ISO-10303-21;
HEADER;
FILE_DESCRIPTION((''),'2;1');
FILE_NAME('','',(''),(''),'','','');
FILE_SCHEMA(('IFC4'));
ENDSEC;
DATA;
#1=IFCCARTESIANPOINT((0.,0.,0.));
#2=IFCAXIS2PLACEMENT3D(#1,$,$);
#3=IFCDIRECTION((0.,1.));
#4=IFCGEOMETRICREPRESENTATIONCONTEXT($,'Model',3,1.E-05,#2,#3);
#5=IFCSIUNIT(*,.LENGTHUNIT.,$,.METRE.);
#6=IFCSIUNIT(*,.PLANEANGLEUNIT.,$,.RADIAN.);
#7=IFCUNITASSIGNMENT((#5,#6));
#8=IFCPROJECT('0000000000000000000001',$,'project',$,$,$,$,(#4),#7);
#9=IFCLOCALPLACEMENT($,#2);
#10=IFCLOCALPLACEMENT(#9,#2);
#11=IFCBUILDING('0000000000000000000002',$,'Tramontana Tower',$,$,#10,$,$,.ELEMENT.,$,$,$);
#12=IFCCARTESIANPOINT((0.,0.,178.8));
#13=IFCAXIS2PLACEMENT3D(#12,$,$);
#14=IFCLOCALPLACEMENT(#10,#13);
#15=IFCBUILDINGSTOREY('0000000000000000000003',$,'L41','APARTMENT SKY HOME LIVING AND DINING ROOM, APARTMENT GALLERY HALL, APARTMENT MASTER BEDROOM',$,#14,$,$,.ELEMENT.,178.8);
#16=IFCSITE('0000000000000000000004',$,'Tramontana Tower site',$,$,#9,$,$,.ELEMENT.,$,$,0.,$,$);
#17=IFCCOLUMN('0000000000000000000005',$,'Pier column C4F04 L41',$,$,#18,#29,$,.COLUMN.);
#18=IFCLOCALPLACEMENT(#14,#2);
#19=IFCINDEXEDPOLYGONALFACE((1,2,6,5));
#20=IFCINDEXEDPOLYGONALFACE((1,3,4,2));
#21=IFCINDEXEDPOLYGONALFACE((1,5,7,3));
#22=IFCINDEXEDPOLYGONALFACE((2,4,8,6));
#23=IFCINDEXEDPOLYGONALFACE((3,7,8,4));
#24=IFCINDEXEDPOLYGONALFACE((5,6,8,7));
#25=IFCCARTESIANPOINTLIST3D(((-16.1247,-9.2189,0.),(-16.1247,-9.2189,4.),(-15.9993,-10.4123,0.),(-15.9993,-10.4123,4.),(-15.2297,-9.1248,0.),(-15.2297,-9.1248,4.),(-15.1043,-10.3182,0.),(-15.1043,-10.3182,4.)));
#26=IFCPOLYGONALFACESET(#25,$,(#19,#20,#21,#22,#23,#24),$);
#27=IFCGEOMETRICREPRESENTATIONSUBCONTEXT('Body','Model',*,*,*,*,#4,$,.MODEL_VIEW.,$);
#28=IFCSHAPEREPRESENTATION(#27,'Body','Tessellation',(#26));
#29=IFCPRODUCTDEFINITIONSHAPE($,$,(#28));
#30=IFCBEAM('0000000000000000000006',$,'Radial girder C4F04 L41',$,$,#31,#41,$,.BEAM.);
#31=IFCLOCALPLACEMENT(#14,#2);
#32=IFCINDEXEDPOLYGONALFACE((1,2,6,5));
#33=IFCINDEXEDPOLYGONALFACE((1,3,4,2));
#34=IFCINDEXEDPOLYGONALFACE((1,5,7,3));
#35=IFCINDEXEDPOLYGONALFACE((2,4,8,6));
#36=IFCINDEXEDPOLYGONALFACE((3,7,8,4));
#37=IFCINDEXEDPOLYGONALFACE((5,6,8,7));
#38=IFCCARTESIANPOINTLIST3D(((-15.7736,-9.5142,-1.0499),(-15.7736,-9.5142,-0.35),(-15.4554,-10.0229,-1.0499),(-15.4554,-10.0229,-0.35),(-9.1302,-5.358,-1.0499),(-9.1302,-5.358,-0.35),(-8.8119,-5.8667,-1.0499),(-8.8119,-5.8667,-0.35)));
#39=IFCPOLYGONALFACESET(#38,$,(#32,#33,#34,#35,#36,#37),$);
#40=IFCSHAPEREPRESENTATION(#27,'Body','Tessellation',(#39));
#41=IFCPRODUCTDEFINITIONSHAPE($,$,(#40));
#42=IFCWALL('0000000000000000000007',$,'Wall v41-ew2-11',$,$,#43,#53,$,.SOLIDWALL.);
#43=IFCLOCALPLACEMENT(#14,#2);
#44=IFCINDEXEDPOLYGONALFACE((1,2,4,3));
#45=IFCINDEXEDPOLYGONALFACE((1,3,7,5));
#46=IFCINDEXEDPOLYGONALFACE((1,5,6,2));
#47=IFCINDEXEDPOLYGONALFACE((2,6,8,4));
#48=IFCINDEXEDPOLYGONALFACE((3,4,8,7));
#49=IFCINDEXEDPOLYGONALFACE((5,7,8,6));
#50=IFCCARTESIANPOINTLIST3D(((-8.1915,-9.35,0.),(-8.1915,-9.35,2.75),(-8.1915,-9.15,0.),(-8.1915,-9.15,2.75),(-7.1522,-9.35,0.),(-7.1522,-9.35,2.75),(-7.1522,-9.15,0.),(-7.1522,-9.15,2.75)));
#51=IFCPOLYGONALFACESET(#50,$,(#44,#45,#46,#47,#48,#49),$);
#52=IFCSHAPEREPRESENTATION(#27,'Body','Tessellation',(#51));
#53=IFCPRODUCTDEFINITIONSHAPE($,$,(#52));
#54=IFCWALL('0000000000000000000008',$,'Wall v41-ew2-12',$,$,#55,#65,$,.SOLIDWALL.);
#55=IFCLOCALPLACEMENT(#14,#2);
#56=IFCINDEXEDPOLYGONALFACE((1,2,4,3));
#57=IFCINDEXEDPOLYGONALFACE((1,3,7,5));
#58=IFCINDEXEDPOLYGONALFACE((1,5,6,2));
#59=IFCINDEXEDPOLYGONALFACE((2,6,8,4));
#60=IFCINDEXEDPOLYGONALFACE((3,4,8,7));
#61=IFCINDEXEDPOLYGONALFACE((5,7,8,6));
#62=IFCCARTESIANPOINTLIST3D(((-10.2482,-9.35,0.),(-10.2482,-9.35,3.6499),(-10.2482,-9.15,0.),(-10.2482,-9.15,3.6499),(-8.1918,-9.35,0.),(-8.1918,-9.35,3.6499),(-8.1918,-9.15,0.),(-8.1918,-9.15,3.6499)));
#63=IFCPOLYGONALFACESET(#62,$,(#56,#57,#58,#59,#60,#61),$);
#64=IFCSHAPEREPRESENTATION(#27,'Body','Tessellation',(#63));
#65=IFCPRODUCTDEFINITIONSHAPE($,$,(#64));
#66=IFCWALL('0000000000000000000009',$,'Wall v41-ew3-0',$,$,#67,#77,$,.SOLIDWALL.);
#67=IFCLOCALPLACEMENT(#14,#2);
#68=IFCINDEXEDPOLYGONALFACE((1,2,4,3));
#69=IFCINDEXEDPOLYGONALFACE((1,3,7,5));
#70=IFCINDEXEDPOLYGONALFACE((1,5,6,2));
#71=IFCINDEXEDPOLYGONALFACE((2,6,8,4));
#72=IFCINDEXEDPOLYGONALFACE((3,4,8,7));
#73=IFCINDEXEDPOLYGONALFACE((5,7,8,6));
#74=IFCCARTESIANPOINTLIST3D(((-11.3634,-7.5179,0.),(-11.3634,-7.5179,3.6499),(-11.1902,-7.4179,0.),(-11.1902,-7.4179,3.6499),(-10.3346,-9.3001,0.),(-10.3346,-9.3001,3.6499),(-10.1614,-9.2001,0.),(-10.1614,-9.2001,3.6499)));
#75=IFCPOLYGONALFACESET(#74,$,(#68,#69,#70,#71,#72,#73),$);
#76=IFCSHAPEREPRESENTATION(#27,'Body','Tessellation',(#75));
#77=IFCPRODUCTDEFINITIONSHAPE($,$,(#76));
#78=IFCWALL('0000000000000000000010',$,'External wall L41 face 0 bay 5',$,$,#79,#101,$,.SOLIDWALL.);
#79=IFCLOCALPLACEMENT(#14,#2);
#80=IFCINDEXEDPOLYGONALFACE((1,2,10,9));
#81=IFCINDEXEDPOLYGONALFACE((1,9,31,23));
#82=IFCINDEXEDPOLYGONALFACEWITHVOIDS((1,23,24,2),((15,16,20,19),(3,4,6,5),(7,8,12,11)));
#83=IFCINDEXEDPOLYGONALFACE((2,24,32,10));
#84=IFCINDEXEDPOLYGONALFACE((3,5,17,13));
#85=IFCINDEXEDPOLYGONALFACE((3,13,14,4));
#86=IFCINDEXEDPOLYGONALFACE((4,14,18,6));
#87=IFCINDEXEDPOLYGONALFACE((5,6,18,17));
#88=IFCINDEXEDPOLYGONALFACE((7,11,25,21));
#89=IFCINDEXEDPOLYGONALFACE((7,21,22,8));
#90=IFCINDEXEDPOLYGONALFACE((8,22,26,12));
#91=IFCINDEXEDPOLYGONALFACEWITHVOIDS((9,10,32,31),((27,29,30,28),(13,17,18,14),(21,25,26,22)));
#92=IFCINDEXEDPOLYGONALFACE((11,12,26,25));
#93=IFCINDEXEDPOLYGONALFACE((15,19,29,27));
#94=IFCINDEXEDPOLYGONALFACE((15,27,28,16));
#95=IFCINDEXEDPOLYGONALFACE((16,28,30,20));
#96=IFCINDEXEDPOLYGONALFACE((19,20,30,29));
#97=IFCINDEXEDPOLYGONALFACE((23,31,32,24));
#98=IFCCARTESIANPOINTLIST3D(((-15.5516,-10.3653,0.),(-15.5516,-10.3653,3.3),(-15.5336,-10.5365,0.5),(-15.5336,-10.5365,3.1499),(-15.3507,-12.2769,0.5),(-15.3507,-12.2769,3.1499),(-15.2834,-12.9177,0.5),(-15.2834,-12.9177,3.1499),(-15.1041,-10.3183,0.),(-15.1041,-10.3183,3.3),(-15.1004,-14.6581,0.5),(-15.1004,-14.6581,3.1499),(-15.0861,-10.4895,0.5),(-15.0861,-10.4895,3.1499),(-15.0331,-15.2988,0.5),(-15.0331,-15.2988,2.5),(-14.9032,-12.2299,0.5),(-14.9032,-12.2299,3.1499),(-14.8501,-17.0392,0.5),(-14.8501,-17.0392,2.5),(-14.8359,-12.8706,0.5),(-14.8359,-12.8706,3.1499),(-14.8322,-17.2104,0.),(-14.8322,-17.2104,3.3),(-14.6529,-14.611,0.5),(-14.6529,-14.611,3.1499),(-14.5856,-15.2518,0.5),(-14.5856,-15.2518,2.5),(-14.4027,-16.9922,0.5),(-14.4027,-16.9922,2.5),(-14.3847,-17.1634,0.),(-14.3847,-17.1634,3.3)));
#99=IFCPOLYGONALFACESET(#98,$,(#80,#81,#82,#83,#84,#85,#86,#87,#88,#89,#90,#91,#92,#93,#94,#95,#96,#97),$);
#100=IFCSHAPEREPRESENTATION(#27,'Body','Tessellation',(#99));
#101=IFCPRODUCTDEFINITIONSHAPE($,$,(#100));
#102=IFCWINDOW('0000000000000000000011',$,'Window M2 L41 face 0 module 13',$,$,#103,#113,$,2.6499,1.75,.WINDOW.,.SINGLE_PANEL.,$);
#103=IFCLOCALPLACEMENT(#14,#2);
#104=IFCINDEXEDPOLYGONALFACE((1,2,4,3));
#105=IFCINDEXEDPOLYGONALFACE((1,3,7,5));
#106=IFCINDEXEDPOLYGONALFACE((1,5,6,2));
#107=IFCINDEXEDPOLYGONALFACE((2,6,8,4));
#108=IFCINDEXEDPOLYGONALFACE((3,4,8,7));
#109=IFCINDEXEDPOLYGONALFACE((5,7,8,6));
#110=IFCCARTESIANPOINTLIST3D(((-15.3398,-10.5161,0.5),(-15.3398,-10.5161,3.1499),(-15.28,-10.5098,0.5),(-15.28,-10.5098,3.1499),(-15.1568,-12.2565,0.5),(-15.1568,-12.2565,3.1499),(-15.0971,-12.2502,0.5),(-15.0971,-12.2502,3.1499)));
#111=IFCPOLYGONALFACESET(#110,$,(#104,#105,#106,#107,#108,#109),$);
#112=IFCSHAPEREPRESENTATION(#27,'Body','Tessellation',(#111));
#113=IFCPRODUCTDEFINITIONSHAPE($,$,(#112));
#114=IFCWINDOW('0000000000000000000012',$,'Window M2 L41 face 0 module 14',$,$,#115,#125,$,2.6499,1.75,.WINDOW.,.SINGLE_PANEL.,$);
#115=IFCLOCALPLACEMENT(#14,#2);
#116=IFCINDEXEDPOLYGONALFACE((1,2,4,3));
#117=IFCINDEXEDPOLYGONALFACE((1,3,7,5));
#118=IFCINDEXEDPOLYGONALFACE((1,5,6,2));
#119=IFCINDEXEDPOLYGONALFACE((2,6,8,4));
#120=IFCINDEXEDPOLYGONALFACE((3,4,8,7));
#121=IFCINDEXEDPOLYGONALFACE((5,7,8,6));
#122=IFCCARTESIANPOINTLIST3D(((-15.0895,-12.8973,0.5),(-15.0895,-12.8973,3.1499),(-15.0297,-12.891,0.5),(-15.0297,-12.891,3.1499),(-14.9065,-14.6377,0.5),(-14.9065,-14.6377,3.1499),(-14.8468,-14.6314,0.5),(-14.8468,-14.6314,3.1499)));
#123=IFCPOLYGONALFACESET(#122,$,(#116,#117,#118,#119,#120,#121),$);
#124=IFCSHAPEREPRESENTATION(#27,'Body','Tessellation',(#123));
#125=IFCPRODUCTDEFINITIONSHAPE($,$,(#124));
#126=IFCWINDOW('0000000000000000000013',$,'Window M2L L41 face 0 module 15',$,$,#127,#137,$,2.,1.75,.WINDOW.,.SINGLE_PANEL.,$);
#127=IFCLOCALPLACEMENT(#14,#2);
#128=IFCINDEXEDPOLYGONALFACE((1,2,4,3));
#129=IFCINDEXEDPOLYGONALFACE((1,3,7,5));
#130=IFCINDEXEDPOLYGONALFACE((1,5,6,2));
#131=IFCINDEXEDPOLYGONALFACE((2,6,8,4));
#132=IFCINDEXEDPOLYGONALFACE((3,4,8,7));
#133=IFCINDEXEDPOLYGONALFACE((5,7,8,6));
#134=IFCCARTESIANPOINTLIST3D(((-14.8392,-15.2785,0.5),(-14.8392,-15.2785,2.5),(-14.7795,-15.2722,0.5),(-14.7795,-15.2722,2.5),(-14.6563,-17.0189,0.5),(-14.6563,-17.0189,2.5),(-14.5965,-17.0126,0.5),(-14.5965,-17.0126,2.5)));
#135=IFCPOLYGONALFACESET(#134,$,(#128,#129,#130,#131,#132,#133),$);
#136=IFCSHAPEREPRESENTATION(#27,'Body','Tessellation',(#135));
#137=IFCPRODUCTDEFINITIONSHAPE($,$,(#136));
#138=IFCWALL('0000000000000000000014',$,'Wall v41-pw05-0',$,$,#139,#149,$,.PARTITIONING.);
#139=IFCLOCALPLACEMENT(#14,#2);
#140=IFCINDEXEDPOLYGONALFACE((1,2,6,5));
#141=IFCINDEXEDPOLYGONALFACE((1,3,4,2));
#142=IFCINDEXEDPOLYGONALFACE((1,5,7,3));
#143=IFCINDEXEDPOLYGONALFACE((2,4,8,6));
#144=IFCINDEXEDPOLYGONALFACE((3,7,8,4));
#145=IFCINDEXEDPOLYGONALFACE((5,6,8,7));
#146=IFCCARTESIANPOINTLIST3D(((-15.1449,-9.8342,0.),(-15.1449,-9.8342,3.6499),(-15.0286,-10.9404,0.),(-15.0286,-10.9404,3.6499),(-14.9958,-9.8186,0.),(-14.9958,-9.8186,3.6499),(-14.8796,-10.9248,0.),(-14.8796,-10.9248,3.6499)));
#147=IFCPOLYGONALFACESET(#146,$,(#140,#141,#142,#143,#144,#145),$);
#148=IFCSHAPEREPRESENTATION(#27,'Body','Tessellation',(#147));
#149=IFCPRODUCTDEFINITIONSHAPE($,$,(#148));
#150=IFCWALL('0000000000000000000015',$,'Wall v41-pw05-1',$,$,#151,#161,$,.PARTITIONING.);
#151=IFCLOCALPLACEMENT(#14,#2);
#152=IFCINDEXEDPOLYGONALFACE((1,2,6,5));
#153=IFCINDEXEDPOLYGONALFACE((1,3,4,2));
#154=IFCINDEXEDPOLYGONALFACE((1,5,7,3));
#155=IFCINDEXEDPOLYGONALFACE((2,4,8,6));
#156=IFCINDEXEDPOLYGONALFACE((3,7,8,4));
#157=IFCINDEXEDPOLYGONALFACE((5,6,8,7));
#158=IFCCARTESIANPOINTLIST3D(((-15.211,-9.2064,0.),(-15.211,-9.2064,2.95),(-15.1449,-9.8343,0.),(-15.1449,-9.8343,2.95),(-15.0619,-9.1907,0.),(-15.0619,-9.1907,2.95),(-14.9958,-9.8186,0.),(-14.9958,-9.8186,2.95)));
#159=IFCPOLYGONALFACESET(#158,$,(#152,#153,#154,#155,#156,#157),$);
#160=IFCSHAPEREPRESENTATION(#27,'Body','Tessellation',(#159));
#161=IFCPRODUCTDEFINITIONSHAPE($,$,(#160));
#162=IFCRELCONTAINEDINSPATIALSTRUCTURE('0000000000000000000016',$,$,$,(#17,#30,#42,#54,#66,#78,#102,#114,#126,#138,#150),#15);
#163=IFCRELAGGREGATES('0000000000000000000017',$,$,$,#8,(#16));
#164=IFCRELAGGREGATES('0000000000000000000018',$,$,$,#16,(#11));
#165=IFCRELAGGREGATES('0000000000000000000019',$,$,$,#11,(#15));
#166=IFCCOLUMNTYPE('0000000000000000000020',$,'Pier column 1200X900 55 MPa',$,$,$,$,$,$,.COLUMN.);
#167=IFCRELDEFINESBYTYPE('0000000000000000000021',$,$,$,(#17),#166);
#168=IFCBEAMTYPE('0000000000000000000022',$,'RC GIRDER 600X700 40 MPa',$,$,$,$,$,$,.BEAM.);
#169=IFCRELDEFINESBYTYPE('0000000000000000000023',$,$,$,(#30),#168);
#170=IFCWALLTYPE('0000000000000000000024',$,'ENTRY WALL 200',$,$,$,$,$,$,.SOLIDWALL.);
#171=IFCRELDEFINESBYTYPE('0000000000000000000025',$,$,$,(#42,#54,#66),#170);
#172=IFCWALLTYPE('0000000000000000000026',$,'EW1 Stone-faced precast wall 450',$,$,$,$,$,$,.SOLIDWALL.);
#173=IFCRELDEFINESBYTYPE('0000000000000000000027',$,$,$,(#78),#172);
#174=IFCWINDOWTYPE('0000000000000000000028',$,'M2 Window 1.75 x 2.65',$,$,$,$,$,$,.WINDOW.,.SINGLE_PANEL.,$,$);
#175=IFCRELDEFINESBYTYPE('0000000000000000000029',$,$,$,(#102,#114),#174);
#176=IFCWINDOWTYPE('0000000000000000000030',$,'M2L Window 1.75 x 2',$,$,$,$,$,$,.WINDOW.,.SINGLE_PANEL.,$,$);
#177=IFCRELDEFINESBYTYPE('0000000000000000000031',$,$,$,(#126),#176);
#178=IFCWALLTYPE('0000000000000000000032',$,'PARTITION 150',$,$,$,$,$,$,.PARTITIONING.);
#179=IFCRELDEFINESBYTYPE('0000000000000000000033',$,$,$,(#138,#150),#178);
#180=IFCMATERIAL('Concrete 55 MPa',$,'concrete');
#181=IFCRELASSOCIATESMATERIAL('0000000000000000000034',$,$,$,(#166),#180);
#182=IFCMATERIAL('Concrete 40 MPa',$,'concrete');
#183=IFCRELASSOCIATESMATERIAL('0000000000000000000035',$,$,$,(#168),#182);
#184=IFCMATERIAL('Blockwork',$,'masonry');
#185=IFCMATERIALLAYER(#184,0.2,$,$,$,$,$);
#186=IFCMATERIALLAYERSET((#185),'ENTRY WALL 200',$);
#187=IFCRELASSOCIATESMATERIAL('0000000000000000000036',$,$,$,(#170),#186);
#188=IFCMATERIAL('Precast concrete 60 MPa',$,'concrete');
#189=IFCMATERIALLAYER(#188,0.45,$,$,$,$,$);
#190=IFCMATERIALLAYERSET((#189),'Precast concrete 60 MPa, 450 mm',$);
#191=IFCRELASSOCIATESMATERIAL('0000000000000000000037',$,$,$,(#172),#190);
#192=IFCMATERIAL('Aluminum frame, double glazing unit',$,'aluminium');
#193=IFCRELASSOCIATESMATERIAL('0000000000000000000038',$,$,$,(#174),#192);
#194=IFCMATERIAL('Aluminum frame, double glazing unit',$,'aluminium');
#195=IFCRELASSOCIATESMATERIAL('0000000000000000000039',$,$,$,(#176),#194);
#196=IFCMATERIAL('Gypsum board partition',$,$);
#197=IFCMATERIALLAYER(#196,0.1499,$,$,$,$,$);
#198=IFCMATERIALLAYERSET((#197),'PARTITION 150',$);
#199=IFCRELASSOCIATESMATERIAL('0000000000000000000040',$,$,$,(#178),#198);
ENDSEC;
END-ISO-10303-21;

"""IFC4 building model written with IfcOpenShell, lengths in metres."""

from ifc_helpers import new_model, si_unit, direction, frame, frame_2d, origin, origin_2d, place, context, subcontext, project, spatial, rectangle, extrude, material, layer, layer_set, material_profile, profile_set, type_object, element, fill, save


model = new_model("IFC4")

# Units and contexts
model_context = context("Model", 3, precision=1e-05, world=origin(), true_north=direction((0.0, 1.0)))
body_context = subcontext(model_context, "Body", "Model", "MODEL_VIEW")
ifc_project = project(units=[si_unit("LENGTHUNIT", "METRE"), si_unit("PLANEANGLEUNIT", "RADIAN")], contexts=[model_context])

# Site, building, storey
site_placement = place(None, origin())
site = spatial("IfcSite", under=ifc_project, at=site_placement, Name="Tramontana Tower site", CompositionType="ELEMENT", RefElevation=0.0)
building_placement = place(site_placement, origin())
building = spatial("IfcBuilding", under=site, at=building_placement, Name="Tramontana Tower", CompositionType="ELEMENT")
storey_placement = place(building_placement, frame((0.0, 0.0, 178.8)))
storey = spatial("IfcBuildingStorey", under=building, at=storey_placement, Name="L41", Description="APARTMENT SKY HOME LIVING AND DINING ROOM, APARTMENT GALLERY HALL, APARTMENT MASTER BEDROOM", CompositionType="ELEMENT", Elevation=178.8)

# Column
ifc_material_1 = material(Name="Concrete 55 MPa", Category="concrete")
ifc_material_profile_1 = material_profile(ifc_material_1, rectangle(XDim=1.2, YDim=0.8999, at=origin_2d()), Name="Pier column 1200X900 55 MPa")
ifc_profile_set_1 = profile_set([ifc_material_profile_1], Name="Concrete 55 MPa")
column_type = type_object("IfcColumnType", Name="Pier column 1200X900 55 MPa", PredefinedType="COLUMN", material=ifc_profile_set_1)
column_placement = place(storey_placement, frame((-15.6145, -9.7686, 0.0), z_axis=(0.0, 0.0, 1.0), x_axis=(0.104528, -0.994522, 0.0)))
element("IfcColumn", 1, at=column_placement, inside=storey, type_object=column_type, Name="Pier column C4F04 L41", PredefinedType="COLUMN", context=body_context, shape_type="SweptSolid", body=[
    extrude(rectangle(XDim=1.2, YDim=0.8999, at=origin_2d()), origin(), (0.0, 0.0, 1.0), 4.0),
])

# Beam
ifc_material_2 = material(Name="Concrete 40 MPa", Category="concrete")
ifc_material_profile_2 = material_profile(ifc_material_2, rectangle(XDim=0.6001, YDim=0.7, at=origin_2d()), Name="RC GIRDER 600X700 40 MPa")
ifc_profile_set_2 = profile_set([ifc_material_profile_2], Name="Concrete 40 MPa")
beam_type = type_object("IfcBeamType", Name="RC GIRDER 600X700 40 MPa", PredefinedType="BEAM", material=ifc_profile_set_2)
beam_placement = place(storey_placement, frame((-15.6145, -9.7686, -0.7), z_axis=(0.847767, 0.530369, 0.0), x_axis=(-0.530369, 0.847767, 0.0)))
element("IfcBeam", 2, at=beam_placement, inside=storey, type_object=beam_type, Name="Radial girder C4F04 L41", PredefinedType="BEAM", context=body_context, shape_type="SweptSolid", body=[
    extrude(rectangle(XDim=0.6001, YDim=0.7, at=origin_2d()), origin(), (0.0, 0.0, 1.0), 7.8364),
])

# Walls
ifc_material_3 = material(Name="Blockwork", Category="masonry")
ifc_layer_1 = layer(ifc_material_3, 0.2)
ifc_layer_set_1 = layer_set([ifc_layer_1], Name="ENTRY WALL 200")
wall_type_1 = type_object("IfcWallType", Name="ENTRY WALL 200", PredefinedType="SOLIDWALL", material=ifc_layer_set_1)
wall_1_placement = place(storey_placement, frame((-7.1523, -9.25, 0.0), z_axis=(0.0, 0.0, 1.0), x_axis=(-1.0, 0.0, 0.0)))
element("IfcWall", 3, at=wall_1_placement, inside=storey, type_object=wall_type_1, Name="Wall v41-ew2-11", PredefinedType="SOLIDWALL", context=body_context, shape_type="SweptSolid", body=[
    extrude(rectangle(XDim=1.0393, YDim=0.2, at=frame_2d((0.5195, 0.0))), origin(), (0.0, 0.0, 1.0), 2.75),
])
wall_2_placement = place(storey_placement, frame((-8.1917, -9.25, 0.0), z_axis=(0.0, 0.0, 1.0), x_axis=(-1.0, 0.0, 0.0)))
element("IfcWall", 4, at=wall_2_placement, inside=storey, type_object=wall_type_1, Name="Wall v41-ew2-12", PredefinedType="SOLIDWALL", context=body_context, shape_type="SweptSolid", body=[
    extrude(rectangle(XDim=2.0564, YDim=0.2, at=frame_2d((1.0283, 0.0))), origin(), (0.0, 0.0, 1.0), 3.6499),
])
wall_3_placement = place(storey_placement, frame((-10.248, -9.25, 0.0), z_axis=(0.0, 0.0, 1.0), x_axis=(-0.499942, 0.866059, 0.0)))
element("IfcWall", 5, at=wall_3_placement, inside=storey, type_object=wall_type_1, Name="Wall v41-ew3-0", PredefinedType="SOLIDWALL", context=body_context, shape_type="SweptSolid", body=[
    extrude(rectangle(XDim=2.0579, YDim=0.2, at=frame_2d((1.0288, 0.0))), origin(), (0.0, 0.0, 1.0), 3.6499),
])

# Wall, openings, windows
ifc_material_4 = material(Name="Precast concrete 60 MPa", Category="concrete")
ifc_layer_2 = layer(ifc_material_4, 0.45)
ifc_layer_set_2 = layer_set([ifc_layer_2], Name="Precast concrete 60 MPa, 450 mm")
wall_type_2 = type_object("IfcWallType", Name="EW1 Stone-faced precast wall 450", PredefinedType="SOLIDWALL", material=ifc_layer_set_2)
wall_4_placement = place(storey_placement, frame((-15.3279, -10.3418, 0.0), z_axis=(0.0, 0.0, 1.0), x_axis=(0.104532, -0.994522, 0.0)))
wall_4 = element("IfcWall", 6, at=wall_4_placement, inside=storey, type_object=wall_type_2, Name="External wall L41 face 0 bay 5", PredefinedType="SOLIDWALL", context=body_context, shape_type="SweptSolid", body=[
    extrude(rectangle(XDim=6.8828, YDim=0.45, at=frame_2d((3.4414, 0.0))), origin(), (0.0, 0.0, 1.0), 3.3),
])
opening_1_placement = place(wall_4_placement, frame((0.1721, 0.0, 0.5)))
opening_1 = element("IfcOpeningElement", 7, at=opening_1_placement, cuts=wall_4, PredefinedType="OPENING", context=body_context, shape_type="SweptSolid", body=[
    extrude(rectangle(XDim=1.75, YDim=2.6499, at=frame_2d((0.875, 1.325))), frame((0.0, 0.2349, 0.0), z_axis=(0.0, -1.0, 0.0), x_axis=(1.0, 0.0, 0.0)), (0.0, 0.0, 1.0), 0.47),
])
opening_2_placement = place(wall_4_placement, frame((2.5664, 0.0, 0.5)))
opening_2 = element("IfcOpeningElement", 8, at=opening_2_placement, cuts=wall_4, PredefinedType="OPENING", context=body_context, shape_type="SweptSolid", body=[
    extrude(rectangle(XDim=1.75, YDim=2.6499, at=frame_2d((0.875, 1.325))), frame((0.0, 0.2349, 0.0), z_axis=(0.0, -1.0, 0.0), x_axis=(1.0, 0.0, 0.0)), (0.0, 0.0, 1.0), 0.47),
])
opening_3_placement = place(wall_4_placement, frame((4.9607, 0.0, 0.5)))
opening_3 = element("IfcOpeningElement", 9, at=opening_3_placement, cuts=wall_4, PredefinedType="OPENING", context=body_context, shape_type="SweptSolid", body=[
    extrude(rectangle(XDim=1.75, YDim=2.0, at=frame_2d((0.875, 1.0))), frame((0.0, 0.2349, 0.0), z_axis=(0.0, -1.0, 0.0), x_axis=(1.0, 0.0, 0.0)), (0.0, 0.0, 1.0), 0.47),
])
ifc_material_5 = material(Name="Aluminum frame, double glazing unit", Category="aluminium")
window_type_1 = type_object("IfcWindowType", Name="M2 Window 1.75 x 2.65", PartitioningType="SINGLE_PANEL", PredefinedType="WINDOW", material=ifc_material_5)
window_1_placement = place(opening_1_placement, origin())
window_1 = element("IfcWindow", 10, at=window_1_placement, inside=storey, type_object=window_type_1, Name="Window M2 L41 face 0 module 13", OverallHeight=2.6499, OverallWidth=1.75, PartitioningType="SINGLE_PANEL", PredefinedType="WINDOW", context=body_context, shape_type="SweptSolid", body=[
    extrude(rectangle(XDim=1.75, YDim=2.6499, at=frame_2d((0.875, 1.325))), frame((0.0, 0.03, 0.0), z_axis=(0.0, -1.0, 0.0), x_axis=(1.0, 0.0, 0.0)), (0.0, 0.0, 1.0), 0.0601),
])
fill(opening_1, window_1)
window_2_placement = place(opening_2_placement, origin())
window_2 = element("IfcWindow", 11, at=window_2_placement, inside=storey, type_object=window_type_1, Name="Window M2 L41 face 0 module 14", OverallHeight=2.6499, OverallWidth=1.75, PartitioningType="SINGLE_PANEL", PredefinedType="WINDOW", context=body_context, shape_type="SweptSolid", body=[
    extrude(rectangle(XDim=1.75, YDim=2.6499, at=frame_2d((0.875, 1.325))), frame((0.0, 0.03, 0.0), z_axis=(0.0, -1.0, 0.0), x_axis=(1.0, 0.0, 0.0)), (0.0, 0.0, 1.0), 0.0601),
])
fill(opening_2, window_2)
ifc_material_6 = material(Name="Aluminum frame, double glazing unit", Category="aluminium")
window_type_2 = type_object("IfcWindowType", Name="M2L Window 1.75 x 2", PartitioningType="SINGLE_PANEL", PredefinedType="WINDOW", material=ifc_material_6)
window_3_placement = place(opening_3_placement, origin())
window_3 = element("IfcWindow", 12, at=window_3_placement, inside=storey, type_object=window_type_2, Name="Window M2L L41 face 0 module 15", OverallHeight=2.0, OverallWidth=1.75, PartitioningType="SINGLE_PANEL", PredefinedType="WINDOW", context=body_context, shape_type="SweptSolid", body=[
    extrude(rectangle(XDim=1.75, YDim=2.0, at=frame_2d((0.875, 1.0))), frame((0.0, 0.03, 0.0), z_axis=(0.0, -1.0, 0.0), x_axis=(1.0, 0.0, 0.0)), (0.0, 0.0, 1.0), 0.0601),
])
fill(opening_3, window_3)

# Walls
ifc_material_7 = material(Name="Gypsum board partition")
ifc_layer_3 = layer(ifc_material_7, 0.1499)
ifc_layer_set_3 = layer_set([ifc_layer_3], Name="PARTITION 150")
wall_type_3 = type_object("IfcWallType", Name="PARTITION 150", PredefinedType="PARTITIONING", material=ifc_layer_set_3)
wall_5_placement = place(storey_placement, frame((-14.9541, -10.9326, 0.0), z_axis=(0.0, 0.0, 1.0), x_axis=(-0.104479, 0.994527, 0.0)))
element("IfcWall", 13, at=wall_5_placement, inside=storey, type_object=wall_type_3, Name="Wall v41-pw05-0", PredefinedType="PARTITIONING", context=body_context, shape_type="SweptSolid", body=[
    extrude(rectangle(XDim=1.1123, YDim=0.1499, at=frame_2d((0.5562, 0.0))), origin(), (0.0, 0.0, 1.0), 3.6499),
])
wall_6_placement = place(storey_placement, frame((-15.0703, -9.8264, 0.0), z_axis=(0.0, 0.0, 1.0), x_axis=(-0.104785, 0.994495, 0.0)))
element("IfcWall", 14, at=wall_6_placement, inside=storey, type_object=wall_type_3, Name="Wall v41-pw05-1", PredefinedType="PARTITIONING", context=body_context, shape_type="SweptSolid", body=[
    extrude(rectangle(XDim=0.6313, YDim=0.1499, at=frame_2d((0.3157, 0.0))), origin(), (0.0, 0.0, 1.0), 2.95),
])

save(model, "model.ifc")
